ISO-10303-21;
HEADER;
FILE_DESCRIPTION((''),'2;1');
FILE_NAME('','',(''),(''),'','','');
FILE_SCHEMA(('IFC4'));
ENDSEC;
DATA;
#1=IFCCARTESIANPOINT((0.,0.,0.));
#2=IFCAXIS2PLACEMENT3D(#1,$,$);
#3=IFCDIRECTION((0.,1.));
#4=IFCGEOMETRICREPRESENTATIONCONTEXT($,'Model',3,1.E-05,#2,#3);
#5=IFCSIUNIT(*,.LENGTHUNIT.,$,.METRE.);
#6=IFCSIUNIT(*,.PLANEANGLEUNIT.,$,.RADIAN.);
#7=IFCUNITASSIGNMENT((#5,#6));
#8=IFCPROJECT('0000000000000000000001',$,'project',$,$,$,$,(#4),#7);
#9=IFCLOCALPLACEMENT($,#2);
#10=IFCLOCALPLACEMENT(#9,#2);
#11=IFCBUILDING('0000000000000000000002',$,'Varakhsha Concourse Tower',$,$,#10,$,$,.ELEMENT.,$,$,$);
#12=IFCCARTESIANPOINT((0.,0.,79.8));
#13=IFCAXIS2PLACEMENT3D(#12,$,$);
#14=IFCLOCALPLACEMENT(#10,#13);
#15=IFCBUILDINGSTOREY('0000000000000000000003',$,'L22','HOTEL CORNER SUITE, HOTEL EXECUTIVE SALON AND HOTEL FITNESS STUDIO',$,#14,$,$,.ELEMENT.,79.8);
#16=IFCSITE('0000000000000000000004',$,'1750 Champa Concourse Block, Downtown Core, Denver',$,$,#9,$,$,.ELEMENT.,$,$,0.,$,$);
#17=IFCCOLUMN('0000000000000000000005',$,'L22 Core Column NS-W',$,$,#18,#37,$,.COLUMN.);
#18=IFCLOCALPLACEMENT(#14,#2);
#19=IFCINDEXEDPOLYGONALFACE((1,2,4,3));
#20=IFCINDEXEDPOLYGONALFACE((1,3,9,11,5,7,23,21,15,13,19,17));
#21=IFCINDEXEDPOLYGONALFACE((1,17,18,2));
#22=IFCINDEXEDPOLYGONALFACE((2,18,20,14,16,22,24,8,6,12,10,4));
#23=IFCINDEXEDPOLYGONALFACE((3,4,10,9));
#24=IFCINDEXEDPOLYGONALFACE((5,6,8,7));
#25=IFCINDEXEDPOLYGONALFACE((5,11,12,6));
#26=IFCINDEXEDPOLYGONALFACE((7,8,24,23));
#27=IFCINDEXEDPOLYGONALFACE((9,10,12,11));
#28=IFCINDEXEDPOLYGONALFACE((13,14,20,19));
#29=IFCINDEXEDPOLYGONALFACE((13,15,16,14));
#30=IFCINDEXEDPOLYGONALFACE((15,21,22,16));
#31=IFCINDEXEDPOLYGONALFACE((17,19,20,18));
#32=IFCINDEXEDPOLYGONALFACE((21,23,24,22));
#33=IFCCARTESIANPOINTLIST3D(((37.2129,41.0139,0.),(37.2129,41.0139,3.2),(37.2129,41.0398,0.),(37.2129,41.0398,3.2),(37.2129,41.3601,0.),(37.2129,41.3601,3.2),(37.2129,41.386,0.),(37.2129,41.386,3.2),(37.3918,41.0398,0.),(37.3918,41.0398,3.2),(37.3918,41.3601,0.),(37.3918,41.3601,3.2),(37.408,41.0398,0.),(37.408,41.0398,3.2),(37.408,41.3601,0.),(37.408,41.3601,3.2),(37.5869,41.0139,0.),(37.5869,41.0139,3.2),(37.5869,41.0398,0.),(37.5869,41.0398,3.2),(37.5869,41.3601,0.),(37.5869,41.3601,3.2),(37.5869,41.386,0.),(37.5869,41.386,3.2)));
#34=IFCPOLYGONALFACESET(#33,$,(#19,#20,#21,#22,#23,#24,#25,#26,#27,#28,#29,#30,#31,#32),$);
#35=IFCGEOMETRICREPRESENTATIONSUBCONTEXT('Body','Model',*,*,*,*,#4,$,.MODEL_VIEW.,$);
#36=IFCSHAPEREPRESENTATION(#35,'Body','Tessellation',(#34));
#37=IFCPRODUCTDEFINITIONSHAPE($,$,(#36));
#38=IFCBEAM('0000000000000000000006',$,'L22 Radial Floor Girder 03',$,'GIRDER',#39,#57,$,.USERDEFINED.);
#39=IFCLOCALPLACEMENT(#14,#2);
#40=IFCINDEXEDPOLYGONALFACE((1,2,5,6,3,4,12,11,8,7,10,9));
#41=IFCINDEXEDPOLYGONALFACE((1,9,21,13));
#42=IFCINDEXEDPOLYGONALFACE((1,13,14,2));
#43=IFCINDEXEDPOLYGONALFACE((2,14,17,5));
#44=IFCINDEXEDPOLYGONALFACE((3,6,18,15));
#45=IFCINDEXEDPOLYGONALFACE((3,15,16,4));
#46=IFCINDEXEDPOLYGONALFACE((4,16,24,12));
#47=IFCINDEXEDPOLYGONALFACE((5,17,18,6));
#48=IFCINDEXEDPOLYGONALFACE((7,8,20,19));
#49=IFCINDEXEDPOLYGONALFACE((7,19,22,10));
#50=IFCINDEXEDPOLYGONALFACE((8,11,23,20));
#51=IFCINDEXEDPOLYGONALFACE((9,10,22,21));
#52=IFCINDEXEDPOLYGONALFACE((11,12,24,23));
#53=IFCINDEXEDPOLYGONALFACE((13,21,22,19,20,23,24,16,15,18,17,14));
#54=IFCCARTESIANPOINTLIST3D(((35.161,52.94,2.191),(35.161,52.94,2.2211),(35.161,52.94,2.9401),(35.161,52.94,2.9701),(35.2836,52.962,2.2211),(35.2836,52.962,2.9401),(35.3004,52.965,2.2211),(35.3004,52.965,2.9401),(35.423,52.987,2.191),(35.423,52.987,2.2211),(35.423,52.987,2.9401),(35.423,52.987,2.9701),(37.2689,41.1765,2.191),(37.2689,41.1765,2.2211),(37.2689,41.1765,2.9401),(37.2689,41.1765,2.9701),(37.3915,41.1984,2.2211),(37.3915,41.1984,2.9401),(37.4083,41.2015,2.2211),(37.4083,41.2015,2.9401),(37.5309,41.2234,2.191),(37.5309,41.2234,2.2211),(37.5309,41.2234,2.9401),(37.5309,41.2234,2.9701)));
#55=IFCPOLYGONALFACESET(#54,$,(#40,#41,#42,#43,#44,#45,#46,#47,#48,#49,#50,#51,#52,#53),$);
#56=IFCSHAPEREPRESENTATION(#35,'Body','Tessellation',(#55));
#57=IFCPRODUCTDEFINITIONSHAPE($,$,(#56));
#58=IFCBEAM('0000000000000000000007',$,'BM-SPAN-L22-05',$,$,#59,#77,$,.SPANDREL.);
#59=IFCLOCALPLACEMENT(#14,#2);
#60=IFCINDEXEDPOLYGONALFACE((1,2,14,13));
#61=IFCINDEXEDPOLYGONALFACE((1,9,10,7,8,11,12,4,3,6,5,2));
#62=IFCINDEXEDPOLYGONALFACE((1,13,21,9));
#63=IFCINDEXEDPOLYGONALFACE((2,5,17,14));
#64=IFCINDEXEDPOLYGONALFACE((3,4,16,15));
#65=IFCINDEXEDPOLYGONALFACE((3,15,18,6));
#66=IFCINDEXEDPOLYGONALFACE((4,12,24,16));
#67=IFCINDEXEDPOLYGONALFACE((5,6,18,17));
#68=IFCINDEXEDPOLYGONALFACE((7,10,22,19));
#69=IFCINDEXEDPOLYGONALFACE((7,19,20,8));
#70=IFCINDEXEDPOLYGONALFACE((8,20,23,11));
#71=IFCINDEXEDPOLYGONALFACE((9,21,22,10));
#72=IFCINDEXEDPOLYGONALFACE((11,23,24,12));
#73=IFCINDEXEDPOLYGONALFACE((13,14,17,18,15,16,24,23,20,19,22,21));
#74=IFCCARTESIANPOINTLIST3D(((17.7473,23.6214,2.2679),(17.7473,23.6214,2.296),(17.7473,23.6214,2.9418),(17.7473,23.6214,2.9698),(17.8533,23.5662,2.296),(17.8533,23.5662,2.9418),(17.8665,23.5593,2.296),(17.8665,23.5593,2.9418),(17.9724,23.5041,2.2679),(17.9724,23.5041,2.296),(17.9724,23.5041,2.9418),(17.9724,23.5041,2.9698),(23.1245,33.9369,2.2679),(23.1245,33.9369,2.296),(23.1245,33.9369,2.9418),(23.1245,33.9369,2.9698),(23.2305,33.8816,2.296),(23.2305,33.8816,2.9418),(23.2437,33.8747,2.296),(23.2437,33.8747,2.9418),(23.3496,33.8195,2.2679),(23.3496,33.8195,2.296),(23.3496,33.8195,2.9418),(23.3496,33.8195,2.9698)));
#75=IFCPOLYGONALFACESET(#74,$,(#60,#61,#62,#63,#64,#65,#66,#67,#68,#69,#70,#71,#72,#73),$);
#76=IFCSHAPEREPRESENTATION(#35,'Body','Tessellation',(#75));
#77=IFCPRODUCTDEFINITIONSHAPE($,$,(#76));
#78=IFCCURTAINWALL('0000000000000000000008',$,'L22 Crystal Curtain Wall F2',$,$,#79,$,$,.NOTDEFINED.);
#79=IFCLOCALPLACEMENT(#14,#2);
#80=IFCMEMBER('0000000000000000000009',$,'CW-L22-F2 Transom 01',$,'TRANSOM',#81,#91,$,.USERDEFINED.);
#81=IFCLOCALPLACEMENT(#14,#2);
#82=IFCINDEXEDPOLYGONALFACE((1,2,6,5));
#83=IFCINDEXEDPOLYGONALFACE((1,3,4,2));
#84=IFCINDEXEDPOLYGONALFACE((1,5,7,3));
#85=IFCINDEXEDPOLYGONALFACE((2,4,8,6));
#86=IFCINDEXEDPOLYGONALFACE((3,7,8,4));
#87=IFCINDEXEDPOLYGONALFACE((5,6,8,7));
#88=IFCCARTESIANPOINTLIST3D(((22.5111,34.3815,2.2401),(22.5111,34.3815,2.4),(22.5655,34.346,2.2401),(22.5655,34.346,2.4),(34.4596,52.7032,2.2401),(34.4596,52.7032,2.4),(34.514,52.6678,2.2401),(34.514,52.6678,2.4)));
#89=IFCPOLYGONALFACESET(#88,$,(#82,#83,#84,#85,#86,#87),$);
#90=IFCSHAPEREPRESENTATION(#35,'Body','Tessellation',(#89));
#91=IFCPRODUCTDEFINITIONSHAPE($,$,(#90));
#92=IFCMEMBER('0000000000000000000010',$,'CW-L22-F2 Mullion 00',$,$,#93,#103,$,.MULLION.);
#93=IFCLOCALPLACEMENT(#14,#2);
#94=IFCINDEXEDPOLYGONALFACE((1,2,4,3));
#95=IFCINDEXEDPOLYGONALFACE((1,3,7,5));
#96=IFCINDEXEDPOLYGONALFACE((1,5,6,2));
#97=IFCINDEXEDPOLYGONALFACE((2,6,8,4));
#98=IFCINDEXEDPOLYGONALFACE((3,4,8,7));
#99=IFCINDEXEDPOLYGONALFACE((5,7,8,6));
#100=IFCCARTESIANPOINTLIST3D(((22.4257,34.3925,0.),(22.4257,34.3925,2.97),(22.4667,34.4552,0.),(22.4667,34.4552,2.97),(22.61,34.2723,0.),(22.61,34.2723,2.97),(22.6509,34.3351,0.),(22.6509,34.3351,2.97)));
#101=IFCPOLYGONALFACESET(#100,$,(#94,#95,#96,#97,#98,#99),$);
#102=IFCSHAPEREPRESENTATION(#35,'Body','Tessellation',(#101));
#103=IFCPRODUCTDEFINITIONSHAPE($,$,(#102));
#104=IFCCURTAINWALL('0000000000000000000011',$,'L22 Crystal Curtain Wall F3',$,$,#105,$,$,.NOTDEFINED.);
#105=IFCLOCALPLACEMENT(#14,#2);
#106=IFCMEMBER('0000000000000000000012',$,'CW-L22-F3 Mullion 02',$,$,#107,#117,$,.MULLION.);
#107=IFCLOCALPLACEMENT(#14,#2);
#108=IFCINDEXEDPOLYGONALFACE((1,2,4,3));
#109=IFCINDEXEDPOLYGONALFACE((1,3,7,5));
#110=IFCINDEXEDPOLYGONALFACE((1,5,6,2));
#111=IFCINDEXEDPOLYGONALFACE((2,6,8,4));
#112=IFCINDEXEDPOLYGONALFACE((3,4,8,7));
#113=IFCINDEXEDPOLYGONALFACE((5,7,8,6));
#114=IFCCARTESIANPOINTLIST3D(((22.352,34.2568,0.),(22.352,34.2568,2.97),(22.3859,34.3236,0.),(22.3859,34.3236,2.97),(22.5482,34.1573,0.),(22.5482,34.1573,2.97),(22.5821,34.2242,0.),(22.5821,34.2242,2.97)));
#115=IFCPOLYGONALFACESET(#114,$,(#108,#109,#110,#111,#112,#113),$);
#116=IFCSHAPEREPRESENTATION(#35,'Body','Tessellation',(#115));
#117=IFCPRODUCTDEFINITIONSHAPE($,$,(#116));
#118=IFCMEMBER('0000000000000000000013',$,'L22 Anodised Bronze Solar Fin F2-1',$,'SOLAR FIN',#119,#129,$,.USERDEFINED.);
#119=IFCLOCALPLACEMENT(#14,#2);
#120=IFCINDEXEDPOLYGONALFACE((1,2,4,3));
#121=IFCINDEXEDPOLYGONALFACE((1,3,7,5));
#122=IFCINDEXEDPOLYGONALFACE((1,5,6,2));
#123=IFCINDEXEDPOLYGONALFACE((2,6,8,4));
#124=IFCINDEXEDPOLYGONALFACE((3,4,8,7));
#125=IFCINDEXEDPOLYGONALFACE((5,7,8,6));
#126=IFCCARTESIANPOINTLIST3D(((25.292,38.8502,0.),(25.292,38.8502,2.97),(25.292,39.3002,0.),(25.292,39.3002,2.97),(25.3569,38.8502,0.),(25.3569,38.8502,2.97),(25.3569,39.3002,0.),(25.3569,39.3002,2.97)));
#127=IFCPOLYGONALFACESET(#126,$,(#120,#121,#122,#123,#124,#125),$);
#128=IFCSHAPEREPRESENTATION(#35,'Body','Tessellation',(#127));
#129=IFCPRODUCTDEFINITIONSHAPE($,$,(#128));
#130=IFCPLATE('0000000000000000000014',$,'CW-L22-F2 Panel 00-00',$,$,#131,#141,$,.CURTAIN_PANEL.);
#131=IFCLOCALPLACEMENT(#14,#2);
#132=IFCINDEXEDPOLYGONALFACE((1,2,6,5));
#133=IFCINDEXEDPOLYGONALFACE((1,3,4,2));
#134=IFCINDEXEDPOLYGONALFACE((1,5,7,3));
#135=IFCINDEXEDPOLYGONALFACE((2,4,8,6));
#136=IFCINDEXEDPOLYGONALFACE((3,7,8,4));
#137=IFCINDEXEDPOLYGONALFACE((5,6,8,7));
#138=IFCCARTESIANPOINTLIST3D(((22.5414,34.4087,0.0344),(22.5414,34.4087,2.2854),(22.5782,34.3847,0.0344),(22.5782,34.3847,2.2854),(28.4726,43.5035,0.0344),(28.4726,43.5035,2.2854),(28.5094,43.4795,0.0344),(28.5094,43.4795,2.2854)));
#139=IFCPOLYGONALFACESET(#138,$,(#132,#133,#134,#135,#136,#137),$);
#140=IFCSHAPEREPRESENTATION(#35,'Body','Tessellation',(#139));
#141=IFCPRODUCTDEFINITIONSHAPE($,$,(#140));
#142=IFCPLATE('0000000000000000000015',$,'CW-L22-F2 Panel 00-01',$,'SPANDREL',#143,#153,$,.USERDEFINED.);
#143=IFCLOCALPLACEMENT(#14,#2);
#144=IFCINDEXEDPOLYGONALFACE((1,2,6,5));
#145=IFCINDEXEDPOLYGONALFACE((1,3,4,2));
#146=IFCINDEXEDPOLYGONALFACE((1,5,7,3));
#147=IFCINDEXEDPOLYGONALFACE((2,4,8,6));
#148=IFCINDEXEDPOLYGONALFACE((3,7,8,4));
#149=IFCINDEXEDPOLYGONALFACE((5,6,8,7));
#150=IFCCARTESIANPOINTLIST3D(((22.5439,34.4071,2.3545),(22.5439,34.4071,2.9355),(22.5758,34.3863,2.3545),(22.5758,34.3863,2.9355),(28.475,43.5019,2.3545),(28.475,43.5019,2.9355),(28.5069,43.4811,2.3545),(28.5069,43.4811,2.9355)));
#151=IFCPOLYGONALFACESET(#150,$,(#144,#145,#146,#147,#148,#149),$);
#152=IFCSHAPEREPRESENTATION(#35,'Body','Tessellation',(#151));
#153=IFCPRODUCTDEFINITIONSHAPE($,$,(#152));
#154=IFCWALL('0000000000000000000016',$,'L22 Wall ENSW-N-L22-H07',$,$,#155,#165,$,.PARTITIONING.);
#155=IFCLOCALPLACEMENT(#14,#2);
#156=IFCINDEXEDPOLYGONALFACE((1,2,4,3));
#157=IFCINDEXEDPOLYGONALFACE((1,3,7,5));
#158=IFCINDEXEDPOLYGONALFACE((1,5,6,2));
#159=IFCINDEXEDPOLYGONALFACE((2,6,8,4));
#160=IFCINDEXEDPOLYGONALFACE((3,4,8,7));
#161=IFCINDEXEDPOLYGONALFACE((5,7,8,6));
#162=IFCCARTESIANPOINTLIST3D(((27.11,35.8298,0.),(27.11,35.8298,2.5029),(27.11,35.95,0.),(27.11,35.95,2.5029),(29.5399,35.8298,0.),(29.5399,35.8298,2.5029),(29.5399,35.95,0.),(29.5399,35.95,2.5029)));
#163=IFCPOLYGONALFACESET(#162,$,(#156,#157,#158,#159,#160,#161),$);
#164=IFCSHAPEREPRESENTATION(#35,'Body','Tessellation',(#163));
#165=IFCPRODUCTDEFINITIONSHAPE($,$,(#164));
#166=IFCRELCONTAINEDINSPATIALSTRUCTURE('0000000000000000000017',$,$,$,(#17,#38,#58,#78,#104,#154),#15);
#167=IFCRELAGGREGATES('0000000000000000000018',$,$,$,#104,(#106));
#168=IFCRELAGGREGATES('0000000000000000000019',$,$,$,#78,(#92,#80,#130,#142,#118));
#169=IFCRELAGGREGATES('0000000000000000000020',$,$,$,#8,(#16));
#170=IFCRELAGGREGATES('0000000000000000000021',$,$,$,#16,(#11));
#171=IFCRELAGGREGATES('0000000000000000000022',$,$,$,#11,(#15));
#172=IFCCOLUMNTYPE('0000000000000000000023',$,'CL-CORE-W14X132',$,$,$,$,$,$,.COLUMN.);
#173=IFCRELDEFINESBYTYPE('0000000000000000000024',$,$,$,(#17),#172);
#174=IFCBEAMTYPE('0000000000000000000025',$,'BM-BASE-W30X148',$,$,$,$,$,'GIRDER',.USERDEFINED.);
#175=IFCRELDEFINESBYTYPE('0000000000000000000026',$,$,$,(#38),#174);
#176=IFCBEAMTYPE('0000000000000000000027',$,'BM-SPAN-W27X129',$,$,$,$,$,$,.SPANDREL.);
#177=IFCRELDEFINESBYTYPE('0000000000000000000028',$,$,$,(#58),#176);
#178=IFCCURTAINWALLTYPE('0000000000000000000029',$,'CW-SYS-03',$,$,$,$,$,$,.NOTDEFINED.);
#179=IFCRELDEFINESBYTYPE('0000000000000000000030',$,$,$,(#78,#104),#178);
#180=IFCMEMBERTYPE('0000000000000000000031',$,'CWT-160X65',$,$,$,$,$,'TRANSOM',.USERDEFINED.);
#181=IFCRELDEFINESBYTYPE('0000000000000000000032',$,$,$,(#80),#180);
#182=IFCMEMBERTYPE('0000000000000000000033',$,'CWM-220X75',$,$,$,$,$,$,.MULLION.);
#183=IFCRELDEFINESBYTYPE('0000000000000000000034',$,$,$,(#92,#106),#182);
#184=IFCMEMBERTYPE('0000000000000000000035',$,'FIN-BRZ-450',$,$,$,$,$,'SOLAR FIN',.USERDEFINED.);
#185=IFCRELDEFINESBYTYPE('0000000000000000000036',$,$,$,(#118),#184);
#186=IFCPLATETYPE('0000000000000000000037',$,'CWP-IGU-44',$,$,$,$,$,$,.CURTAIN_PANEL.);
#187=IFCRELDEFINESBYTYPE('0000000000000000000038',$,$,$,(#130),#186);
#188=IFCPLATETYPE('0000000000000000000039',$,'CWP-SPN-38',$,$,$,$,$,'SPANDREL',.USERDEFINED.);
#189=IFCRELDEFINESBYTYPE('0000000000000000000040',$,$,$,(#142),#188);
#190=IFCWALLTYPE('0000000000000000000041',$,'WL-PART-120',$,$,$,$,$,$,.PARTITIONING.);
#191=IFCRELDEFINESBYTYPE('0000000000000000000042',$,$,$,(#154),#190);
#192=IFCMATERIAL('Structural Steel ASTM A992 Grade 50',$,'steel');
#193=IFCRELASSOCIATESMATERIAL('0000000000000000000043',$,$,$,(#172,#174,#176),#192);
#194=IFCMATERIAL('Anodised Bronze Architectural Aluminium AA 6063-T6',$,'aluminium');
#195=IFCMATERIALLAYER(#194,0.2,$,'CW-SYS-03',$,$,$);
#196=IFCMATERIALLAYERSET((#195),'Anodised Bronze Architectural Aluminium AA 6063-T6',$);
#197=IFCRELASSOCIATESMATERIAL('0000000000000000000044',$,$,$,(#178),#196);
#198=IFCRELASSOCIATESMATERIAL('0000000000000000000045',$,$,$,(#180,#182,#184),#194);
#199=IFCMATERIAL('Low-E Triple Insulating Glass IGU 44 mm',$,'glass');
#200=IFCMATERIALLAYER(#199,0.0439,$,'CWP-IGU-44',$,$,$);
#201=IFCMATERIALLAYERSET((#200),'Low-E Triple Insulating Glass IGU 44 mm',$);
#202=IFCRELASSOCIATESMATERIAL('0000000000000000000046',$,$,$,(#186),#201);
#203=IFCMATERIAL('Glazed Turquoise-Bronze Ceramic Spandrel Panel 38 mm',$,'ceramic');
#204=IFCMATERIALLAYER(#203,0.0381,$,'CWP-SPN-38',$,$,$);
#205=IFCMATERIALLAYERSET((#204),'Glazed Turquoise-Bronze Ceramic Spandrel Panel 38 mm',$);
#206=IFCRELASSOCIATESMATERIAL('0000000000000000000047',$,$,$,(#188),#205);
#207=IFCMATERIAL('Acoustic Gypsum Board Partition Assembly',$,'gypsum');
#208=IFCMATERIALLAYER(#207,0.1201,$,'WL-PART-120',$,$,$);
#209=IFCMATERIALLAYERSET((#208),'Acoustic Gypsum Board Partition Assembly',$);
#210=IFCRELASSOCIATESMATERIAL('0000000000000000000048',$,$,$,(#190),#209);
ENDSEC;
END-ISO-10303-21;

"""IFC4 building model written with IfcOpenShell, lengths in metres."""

from ifc_helpers import new_model, si_unit, direction, frame, frame_2d, origin, origin_2d, place, context, subcontext, project, spatial, rectangle, i_section, extrude, source, transform, mapped, material, layer, layer_set, material_profile, profile_set, type_object, type_shapes, element, aggregate, save


model = new_model("IFC4")

# Units and contexts
model_context = context("Model", 3, precision=1e-05, world=origin(), true_north=direction((0.0, 1.0)))
body_context = subcontext(model_context, "Body", "Model", "MODEL_VIEW")
ifc_project = project(units=[si_unit("LENGTHUNIT", "METRE"), si_unit("PLANEANGLEUNIT", "RADIAN")], contexts=[model_context])

# Site, building, storey
site_placement = place(None, origin())
site = spatial("IfcSite", under=ifc_project, at=site_placement, Name="1750 Champa Concourse Block, Downtown Core, Denver", CompositionType="ELEMENT", RefElevation=0.0)
building_placement = place(site_placement, origin())
building = spatial("IfcBuilding", under=site, at=building_placement, Name="Varakhsha Concourse Tower", CompositionType="ELEMENT")
storey_placement = place(building_placement, frame((0.0, 0.0, 79.8)))
storey = spatial("IfcBuildingStorey", under=building, at=storey_placement, Name="L22", Description="HOTEL CORNER SUITE, HOTEL EXECUTIVE SALON AND HOTEL FITNESS STUDIO", CompositionType="ELEMENT", Elevation=79.8)

# Column
ifc_material_1 = material(Name="Structural Steel ASTM A992 Grade 50", Category="steel")
ifc_material_profile_1 = material_profile(ifc_material_1, i_section(OverallWidth=0.374, OverallDepth=0.3721, WebThickness=0.0161, FlangeThickness=0.0259, at=origin_2d()), Name="W14X132")
ifc_profile_set_1 = profile_set([ifc_material_profile_1], Name="Structural Steel ASTM A992 Grade 50")
column_type = type_object("IfcColumnType", Name="CL-CORE-W14X132", PredefinedType="COLUMN", material=ifc_profile_set_1)
column_placement = place(storey_placement, frame((37.3999, 41.2, 0.0), z_axis=(0.0, 0.0, 1.0), x_axis=(1.0, 0.0, 0.0)))
element("IfcColumn", 1, at=column_placement, inside=storey, type_object=column_type, Name="L22 Core Column NS-W", PredefinedType="COLUMN", context=body_context, shape_type="SweptSolid", body=[
    extrude(i_section(OverallWidth=0.374, OverallDepth=0.3721, WebThickness=0.0161, FlangeThickness=0.0259, at=origin_2d()), origin(), (0.0, 0.0, 1.0), 3.2),
])

# Beams
ifc_material_profile_2 = material_profile(ifc_material_1, i_section(OverallWidth=0.2661, OverallDepth=0.7791, WebThickness=0.0171, FlangeThickness=0.03, at=origin_2d()), Name="W30X148")
ifc_profile_set_2 = profile_set([ifc_material_profile_2], Name="Structural Steel ASTM A992 Grade 50")
beam_type_1 = type_object("IfcBeamType", Name="BM-BASE-W30X148", ElementType="GIRDER", PredefinedType="USERDEFINED", material=ifc_profile_set_2)
beam_1_placement = place(storey_placement, frame((37.3999, 41.2, 2.5806), z_axis=(-0.176379, 0.984322, 0.0), x_axis=(-0.984322, -0.176379, 0.0)))
element("IfcBeam", 2, at=beam_1_placement, inside=storey, type_object=beam_type_1, Name="L22 Radial Floor Girder 03", ObjectType="GIRDER", PredefinedType="USERDEFINED", context=body_context, shape_type="SweptSolid", body=[
    extrude(i_section(OverallWidth=0.2661, OverallDepth=0.7791, WebThickness=0.0171, FlangeThickness=0.03, at=origin_2d()), origin(), (0.0, 0.0, 1.0), 11.9509),
])
ifc_material_profile_3 = material_profile(ifc_material_1, i_section(OverallWidth=0.2539, OverallDepth=0.7019, WebThickness=0.0149, FlangeThickness=0.0281, at=origin_2d()), Name="W27X129")
ifc_profile_set_3 = profile_set([ifc_material_profile_3], Name="Structural Steel ASTM A992 Grade 50")
beam_type_2 = type_object("IfcBeamType", Name="BM-SPAN-W27X129", PredefinedType="SPANDREL", material=ifc_profile_set_3)
beam_2_placement = place(storey_placement, frame((23.2371, 33.8782, 2.6189), z_axis=(-0.462244, -0.886753, 0.0), x_axis=(0.886753, -0.462244, 0.0)))
element("IfcBeam", 3, at=beam_2_placement, inside=storey, type_object=beam_type_2, Name="BM-SPAN-L22-05", PredefinedType="SPANDREL", context=body_context, shape_type="SweptSolid", body=[
    extrude(i_section(OverallWidth=0.2539, OverallDepth=0.7019, WebThickness=0.0149, FlangeThickness=0.0281, at=origin_2d()), origin(), (0.0, 0.0, 1.0), 11.6328),
])

# Curtain wall, members
ifc_material_2 = material(Name="Anodised Bronze Architectural Aluminium AA 6063-T6", Category="aluminium")
ifc_layer_1 = layer(ifc_material_2, 0.2, Name="CW-SYS-03")
ifc_layer_set_1 = layer_set([ifc_layer_1], Name="Anodised Bronze Architectural Aluminium AA 6063-T6")
curtain_wall_type = type_object("IfcCurtainWallType", Name="CW-SYS-03", PredefinedType="NOTDEFINED", material=ifc_layer_set_1)
curtain_wall_1_placement = place(storey_placement, origin())
curtain_wall_1 = element("IfcCurtainWall", 4, at=curtain_wall_1_placement, inside=storey, type_object=curtain_wall_type, Name="L22 Crystal Curtain Wall F2", PredefinedType="NOTDEFINED")
ifc_material_profile_4 = material_profile(ifc_material_2, rectangle(XDim=0.0649, YDim=0.1599, at=origin_2d()), Name="CWT-160X65")
ifc_profile_set_4 = profile_set([ifc_material_profile_4], Name="Anodised Bronze Architectural Aluminium AA 6063-T6")
member_type_1 = type_object("IfcMemberType", Name="CWT-160X65", ElementType="TRANSOM", PredefinedType="USERDEFINED", material=ifc_profile_set_4)
shared_shape_1 = source(origin(), body_context, "Body", "SweptSolid", [
    extrude(rectangle(XDim=0.0649, YDim=0.1599, at=origin_2d()), origin(), (0.0, 0.0, 1.0), 21.8735),
])
type_shapes(member_type_1, [shared_shape_1])
member_1_placement = place(storey_placement, frame((22.5383, 34.3638, 2.3201), z_axis=(0.546252, 0.837621, 0.0), x_axis=(-0.837621, 0.546252, 0.0)))
member_1 = element("IfcMember", 5, at=member_1_placement, type_object=member_type_1, Name="CW-L22-F2 Transom 01", ObjectType="TRANSOM", PredefinedType="USERDEFINED", context=body_context, shape_type="MappedRepresentation", body=[
    mapped(shared_shape_1, transform((0.0, 0.0, 0.0), scale=1.0)),
])
ifc_material_profile_5 = material_profile(ifc_material_2, rectangle(XDim=0.075, YDim=0.22, at=origin_2d()), Name="CWM-220X75")
ifc_profile_set_5 = profile_set([ifc_material_profile_5], Name="Anodised Bronze Architectural Aluminium AA 6063-T6")
member_type_2 = type_object("IfcMemberType", Name="CWM-220X75", PredefinedType="MULLION", material=ifc_profile_set_5)
shared_shape_2 = source(origin(), body_context, "Body", "SweptSolid", [
    extrude(rectangle(XDim=0.075, YDim=0.22, at=origin_2d()), origin(), (0.0, 0.0, 1.0), 2.97),
])
type_shapes(member_type_2, [shared_shape_2])
member_2_placement = place(storey_placement, frame((22.5383, 34.3638, 0.0), z_axis=(0.0, 0.0, 1.0), x_axis=(0.54625, 0.837622, 0.0)))
member_2 = element("IfcMember", 6, at=member_2_placement, type_object=member_type_2, Name="CW-L22-F2 Mullion 00", PredefinedType="MULLION", context=body_context, shape_type="MappedRepresentation", body=[
    mapped(shared_shape_2, transform((0.0, 0.0, 0.0), scale=1.0)),
])

# Curtain wall, member
curtain_wall_2_placement = place(storey_placement, origin())
curtain_wall_2 = element("IfcCurtainWall", 7, at=curtain_wall_2_placement, inside=storey, type_object=curtain_wall_type, Name="L22 Crystal Curtain Wall F3", PredefinedType="NOTDEFINED")
member_3_placement = place(storey_placement, frame((22.467, 34.2405, 0.0), z_axis=(0.0, 0.0, 1.0), x_axis=(0.452274, 0.891879, 0.0)))
member_3 = element("IfcMember", 8, at=member_3_placement, type_object=member_type_2, Name="CW-L22-F3 Mullion 02", PredefinedType="MULLION", context=body_context, shape_type="MappedRepresentation", body=[
    mapped(shared_shape_2, transform((0.0, 0.0, 0.0), scale=1.0)),
])
aggregate(curtain_wall_2, [member_3])

# Member
ifc_material_profile_6 = material_profile(ifc_material_2, rectangle(XDim=0.0649, YDim=0.45, at=origin_2d()), Name="FIN-BRZ-450")
ifc_profile_set_6 = profile_set([ifc_material_profile_6], Name="Anodised Bronze Architectural Aluminium AA 6063-T6")
member_type_3 = type_object("IfcMemberType", Name="FIN-BRZ-450", ElementType="SOLAR FIN", PredefinedType="USERDEFINED", material=ifc_profile_set_6)
shared_shape_3 = source(origin(), body_context, "Body", "SweptSolid", [
    extrude(rectangle(XDim=0.0649, YDim=0.45, at=origin_2d()), origin(), (0.0, 0.0, 1.0), 2.97),
])
type_shapes(member_type_3, [shared_shape_3])
member_4_placement = place(storey_placement, frame((25.3245, 39.0752, 0.0), z_axis=(0.0, 0.0, 1.0), x_axis=(1.0, 0.0, 0.0)))
member_4 = element("IfcMember", 9, at=member_4_placement, type_object=member_type_3, Name="L22 Anodised Bronze Solar Fin F2-1", ObjectType="SOLAR FIN", PredefinedType="USERDEFINED", context=body_context, shape_type="MappedRepresentation", body=[
    mapped(shared_shape_3, transform((0.0, 0.0, 0.0), scale=1.0)),
])

# Plates
ifc_material_3 = material(Name="Low-E Triple Insulating Glass IGU 44 mm", Category="glass")
ifc_layer_2 = layer(ifc_material_3, 0.0439, Name="CWP-IGU-44")
ifc_layer_set_2 = layer_set([ifc_layer_2], Name="Low-E Triple Insulating Glass IGU 44 mm")
plate_type_1 = type_object("IfcPlateType", Name="CWP-IGU-44", PredefinedType="CURTAIN_PANEL", material=ifc_layer_set_2)
shared_shape_4 = source(origin(), body_context, "Body", "SweptSolid", [
    extrude(rectangle(XDim=10.8579, YDim=0.0439, at=origin_2d()), origin(), (0.0, 0.0, 1.0), 2.251),
])
type_shapes(plate_type_1, [shared_shape_4])
plate_1_placement = place(storey_placement, frame((25.5254, 38.9441, 0.0344), z_axis=(0.0, 0.0, 1.0), x_axis=(0.54625, 0.837622, 0.0)))
plate_1 = element("IfcPlate", 10, at=plate_1_placement, type_object=plate_type_1, Name="CW-L22-F2 Panel 00-00", PredefinedType="CURTAIN_PANEL", context=body_context, shape_type="MappedRepresentation", body=[
    mapped(shared_shape_4, transform((0.0, 0.0, 0.0), scale=1.0)),
])
ifc_material_4 = material(Name="Glazed Turquoise-Bronze Ceramic Spandrel Panel 38 mm", Category="ceramic")
ifc_layer_3 = layer(ifc_material_4, 0.0381, Name="CWP-SPN-38")
ifc_layer_set_3 = layer_set([ifc_layer_3], Name="Glazed Turquoise-Bronze Ceramic Spandrel Panel 38 mm")
plate_type_2 = type_object("IfcPlateType", Name="CWP-SPN-38", ElementType="SPANDREL", PredefinedType="USERDEFINED", material=ifc_layer_set_3)
shared_shape_5 = source(origin(), body_context, "Body", "SweptSolid", [
    extrude(rectangle(XDim=10.8579, YDim=0.0381, at=origin_2d()), origin(), (0.0, 0.0, 1.0), 0.5811),
])
type_shapes(plate_type_2, [shared_shape_5])
plate_2_placement = place(storey_placement, frame((25.5254, 38.9441, 2.3545), z_axis=(0.0, 0.0, 1.0), x_axis=(0.54625, 0.837622, 0.0)))
plate_2 = element("IfcPlate", 11, at=plate_2_placement, type_object=plate_type_2, Name="CW-L22-F2 Panel 00-01", ObjectType="SPANDREL", PredefinedType="USERDEFINED", context=body_context, shape_type="MappedRepresentation", body=[
    mapped(shared_shape_5, transform((0.0, 0.0, 0.0), scale=1.0)),
])
aggregate(curtain_wall_1, [member_2, member_1, plate_1, plate_2, member_4])

# Wall
ifc_material_5 = material(Name="Acoustic Gypsum Board Partition Assembly", Category="gypsum")
ifc_layer_4 = layer(ifc_material_5, 0.1201, Name="WL-PART-120")
ifc_layer_set_4 = layer_set([ifc_layer_4], Name="Acoustic Gypsum Board Partition Assembly")
wall_type_1 = type_object("IfcWallType", Name="WL-PART-120", PredefinedType="PARTITIONING", material=ifc_layer_set_4)
wall_1_placement = place(storey_placement, frame((27.1101, 35.8899, 0.0), z_axis=(0.0, 0.0, 1.0), x_axis=(1.0, 0.0, 0.0)))
element("IfcWall", 12, at=wall_1_placement, inside=storey, type_object=wall_type_1, Name="L22 Wall ENSW-N-L22-H07", PredefinedType="PARTITIONING", context=body_context, shape_type="SweptSolid", body=[
    extrude(rectangle(XDim=2.4299, YDim=0.1201, at=frame_2d((1.2148, 0.0))), origin(), (0.0, 0.0, 1.0), 2.5029),
])

save(model, "model.ifc")
